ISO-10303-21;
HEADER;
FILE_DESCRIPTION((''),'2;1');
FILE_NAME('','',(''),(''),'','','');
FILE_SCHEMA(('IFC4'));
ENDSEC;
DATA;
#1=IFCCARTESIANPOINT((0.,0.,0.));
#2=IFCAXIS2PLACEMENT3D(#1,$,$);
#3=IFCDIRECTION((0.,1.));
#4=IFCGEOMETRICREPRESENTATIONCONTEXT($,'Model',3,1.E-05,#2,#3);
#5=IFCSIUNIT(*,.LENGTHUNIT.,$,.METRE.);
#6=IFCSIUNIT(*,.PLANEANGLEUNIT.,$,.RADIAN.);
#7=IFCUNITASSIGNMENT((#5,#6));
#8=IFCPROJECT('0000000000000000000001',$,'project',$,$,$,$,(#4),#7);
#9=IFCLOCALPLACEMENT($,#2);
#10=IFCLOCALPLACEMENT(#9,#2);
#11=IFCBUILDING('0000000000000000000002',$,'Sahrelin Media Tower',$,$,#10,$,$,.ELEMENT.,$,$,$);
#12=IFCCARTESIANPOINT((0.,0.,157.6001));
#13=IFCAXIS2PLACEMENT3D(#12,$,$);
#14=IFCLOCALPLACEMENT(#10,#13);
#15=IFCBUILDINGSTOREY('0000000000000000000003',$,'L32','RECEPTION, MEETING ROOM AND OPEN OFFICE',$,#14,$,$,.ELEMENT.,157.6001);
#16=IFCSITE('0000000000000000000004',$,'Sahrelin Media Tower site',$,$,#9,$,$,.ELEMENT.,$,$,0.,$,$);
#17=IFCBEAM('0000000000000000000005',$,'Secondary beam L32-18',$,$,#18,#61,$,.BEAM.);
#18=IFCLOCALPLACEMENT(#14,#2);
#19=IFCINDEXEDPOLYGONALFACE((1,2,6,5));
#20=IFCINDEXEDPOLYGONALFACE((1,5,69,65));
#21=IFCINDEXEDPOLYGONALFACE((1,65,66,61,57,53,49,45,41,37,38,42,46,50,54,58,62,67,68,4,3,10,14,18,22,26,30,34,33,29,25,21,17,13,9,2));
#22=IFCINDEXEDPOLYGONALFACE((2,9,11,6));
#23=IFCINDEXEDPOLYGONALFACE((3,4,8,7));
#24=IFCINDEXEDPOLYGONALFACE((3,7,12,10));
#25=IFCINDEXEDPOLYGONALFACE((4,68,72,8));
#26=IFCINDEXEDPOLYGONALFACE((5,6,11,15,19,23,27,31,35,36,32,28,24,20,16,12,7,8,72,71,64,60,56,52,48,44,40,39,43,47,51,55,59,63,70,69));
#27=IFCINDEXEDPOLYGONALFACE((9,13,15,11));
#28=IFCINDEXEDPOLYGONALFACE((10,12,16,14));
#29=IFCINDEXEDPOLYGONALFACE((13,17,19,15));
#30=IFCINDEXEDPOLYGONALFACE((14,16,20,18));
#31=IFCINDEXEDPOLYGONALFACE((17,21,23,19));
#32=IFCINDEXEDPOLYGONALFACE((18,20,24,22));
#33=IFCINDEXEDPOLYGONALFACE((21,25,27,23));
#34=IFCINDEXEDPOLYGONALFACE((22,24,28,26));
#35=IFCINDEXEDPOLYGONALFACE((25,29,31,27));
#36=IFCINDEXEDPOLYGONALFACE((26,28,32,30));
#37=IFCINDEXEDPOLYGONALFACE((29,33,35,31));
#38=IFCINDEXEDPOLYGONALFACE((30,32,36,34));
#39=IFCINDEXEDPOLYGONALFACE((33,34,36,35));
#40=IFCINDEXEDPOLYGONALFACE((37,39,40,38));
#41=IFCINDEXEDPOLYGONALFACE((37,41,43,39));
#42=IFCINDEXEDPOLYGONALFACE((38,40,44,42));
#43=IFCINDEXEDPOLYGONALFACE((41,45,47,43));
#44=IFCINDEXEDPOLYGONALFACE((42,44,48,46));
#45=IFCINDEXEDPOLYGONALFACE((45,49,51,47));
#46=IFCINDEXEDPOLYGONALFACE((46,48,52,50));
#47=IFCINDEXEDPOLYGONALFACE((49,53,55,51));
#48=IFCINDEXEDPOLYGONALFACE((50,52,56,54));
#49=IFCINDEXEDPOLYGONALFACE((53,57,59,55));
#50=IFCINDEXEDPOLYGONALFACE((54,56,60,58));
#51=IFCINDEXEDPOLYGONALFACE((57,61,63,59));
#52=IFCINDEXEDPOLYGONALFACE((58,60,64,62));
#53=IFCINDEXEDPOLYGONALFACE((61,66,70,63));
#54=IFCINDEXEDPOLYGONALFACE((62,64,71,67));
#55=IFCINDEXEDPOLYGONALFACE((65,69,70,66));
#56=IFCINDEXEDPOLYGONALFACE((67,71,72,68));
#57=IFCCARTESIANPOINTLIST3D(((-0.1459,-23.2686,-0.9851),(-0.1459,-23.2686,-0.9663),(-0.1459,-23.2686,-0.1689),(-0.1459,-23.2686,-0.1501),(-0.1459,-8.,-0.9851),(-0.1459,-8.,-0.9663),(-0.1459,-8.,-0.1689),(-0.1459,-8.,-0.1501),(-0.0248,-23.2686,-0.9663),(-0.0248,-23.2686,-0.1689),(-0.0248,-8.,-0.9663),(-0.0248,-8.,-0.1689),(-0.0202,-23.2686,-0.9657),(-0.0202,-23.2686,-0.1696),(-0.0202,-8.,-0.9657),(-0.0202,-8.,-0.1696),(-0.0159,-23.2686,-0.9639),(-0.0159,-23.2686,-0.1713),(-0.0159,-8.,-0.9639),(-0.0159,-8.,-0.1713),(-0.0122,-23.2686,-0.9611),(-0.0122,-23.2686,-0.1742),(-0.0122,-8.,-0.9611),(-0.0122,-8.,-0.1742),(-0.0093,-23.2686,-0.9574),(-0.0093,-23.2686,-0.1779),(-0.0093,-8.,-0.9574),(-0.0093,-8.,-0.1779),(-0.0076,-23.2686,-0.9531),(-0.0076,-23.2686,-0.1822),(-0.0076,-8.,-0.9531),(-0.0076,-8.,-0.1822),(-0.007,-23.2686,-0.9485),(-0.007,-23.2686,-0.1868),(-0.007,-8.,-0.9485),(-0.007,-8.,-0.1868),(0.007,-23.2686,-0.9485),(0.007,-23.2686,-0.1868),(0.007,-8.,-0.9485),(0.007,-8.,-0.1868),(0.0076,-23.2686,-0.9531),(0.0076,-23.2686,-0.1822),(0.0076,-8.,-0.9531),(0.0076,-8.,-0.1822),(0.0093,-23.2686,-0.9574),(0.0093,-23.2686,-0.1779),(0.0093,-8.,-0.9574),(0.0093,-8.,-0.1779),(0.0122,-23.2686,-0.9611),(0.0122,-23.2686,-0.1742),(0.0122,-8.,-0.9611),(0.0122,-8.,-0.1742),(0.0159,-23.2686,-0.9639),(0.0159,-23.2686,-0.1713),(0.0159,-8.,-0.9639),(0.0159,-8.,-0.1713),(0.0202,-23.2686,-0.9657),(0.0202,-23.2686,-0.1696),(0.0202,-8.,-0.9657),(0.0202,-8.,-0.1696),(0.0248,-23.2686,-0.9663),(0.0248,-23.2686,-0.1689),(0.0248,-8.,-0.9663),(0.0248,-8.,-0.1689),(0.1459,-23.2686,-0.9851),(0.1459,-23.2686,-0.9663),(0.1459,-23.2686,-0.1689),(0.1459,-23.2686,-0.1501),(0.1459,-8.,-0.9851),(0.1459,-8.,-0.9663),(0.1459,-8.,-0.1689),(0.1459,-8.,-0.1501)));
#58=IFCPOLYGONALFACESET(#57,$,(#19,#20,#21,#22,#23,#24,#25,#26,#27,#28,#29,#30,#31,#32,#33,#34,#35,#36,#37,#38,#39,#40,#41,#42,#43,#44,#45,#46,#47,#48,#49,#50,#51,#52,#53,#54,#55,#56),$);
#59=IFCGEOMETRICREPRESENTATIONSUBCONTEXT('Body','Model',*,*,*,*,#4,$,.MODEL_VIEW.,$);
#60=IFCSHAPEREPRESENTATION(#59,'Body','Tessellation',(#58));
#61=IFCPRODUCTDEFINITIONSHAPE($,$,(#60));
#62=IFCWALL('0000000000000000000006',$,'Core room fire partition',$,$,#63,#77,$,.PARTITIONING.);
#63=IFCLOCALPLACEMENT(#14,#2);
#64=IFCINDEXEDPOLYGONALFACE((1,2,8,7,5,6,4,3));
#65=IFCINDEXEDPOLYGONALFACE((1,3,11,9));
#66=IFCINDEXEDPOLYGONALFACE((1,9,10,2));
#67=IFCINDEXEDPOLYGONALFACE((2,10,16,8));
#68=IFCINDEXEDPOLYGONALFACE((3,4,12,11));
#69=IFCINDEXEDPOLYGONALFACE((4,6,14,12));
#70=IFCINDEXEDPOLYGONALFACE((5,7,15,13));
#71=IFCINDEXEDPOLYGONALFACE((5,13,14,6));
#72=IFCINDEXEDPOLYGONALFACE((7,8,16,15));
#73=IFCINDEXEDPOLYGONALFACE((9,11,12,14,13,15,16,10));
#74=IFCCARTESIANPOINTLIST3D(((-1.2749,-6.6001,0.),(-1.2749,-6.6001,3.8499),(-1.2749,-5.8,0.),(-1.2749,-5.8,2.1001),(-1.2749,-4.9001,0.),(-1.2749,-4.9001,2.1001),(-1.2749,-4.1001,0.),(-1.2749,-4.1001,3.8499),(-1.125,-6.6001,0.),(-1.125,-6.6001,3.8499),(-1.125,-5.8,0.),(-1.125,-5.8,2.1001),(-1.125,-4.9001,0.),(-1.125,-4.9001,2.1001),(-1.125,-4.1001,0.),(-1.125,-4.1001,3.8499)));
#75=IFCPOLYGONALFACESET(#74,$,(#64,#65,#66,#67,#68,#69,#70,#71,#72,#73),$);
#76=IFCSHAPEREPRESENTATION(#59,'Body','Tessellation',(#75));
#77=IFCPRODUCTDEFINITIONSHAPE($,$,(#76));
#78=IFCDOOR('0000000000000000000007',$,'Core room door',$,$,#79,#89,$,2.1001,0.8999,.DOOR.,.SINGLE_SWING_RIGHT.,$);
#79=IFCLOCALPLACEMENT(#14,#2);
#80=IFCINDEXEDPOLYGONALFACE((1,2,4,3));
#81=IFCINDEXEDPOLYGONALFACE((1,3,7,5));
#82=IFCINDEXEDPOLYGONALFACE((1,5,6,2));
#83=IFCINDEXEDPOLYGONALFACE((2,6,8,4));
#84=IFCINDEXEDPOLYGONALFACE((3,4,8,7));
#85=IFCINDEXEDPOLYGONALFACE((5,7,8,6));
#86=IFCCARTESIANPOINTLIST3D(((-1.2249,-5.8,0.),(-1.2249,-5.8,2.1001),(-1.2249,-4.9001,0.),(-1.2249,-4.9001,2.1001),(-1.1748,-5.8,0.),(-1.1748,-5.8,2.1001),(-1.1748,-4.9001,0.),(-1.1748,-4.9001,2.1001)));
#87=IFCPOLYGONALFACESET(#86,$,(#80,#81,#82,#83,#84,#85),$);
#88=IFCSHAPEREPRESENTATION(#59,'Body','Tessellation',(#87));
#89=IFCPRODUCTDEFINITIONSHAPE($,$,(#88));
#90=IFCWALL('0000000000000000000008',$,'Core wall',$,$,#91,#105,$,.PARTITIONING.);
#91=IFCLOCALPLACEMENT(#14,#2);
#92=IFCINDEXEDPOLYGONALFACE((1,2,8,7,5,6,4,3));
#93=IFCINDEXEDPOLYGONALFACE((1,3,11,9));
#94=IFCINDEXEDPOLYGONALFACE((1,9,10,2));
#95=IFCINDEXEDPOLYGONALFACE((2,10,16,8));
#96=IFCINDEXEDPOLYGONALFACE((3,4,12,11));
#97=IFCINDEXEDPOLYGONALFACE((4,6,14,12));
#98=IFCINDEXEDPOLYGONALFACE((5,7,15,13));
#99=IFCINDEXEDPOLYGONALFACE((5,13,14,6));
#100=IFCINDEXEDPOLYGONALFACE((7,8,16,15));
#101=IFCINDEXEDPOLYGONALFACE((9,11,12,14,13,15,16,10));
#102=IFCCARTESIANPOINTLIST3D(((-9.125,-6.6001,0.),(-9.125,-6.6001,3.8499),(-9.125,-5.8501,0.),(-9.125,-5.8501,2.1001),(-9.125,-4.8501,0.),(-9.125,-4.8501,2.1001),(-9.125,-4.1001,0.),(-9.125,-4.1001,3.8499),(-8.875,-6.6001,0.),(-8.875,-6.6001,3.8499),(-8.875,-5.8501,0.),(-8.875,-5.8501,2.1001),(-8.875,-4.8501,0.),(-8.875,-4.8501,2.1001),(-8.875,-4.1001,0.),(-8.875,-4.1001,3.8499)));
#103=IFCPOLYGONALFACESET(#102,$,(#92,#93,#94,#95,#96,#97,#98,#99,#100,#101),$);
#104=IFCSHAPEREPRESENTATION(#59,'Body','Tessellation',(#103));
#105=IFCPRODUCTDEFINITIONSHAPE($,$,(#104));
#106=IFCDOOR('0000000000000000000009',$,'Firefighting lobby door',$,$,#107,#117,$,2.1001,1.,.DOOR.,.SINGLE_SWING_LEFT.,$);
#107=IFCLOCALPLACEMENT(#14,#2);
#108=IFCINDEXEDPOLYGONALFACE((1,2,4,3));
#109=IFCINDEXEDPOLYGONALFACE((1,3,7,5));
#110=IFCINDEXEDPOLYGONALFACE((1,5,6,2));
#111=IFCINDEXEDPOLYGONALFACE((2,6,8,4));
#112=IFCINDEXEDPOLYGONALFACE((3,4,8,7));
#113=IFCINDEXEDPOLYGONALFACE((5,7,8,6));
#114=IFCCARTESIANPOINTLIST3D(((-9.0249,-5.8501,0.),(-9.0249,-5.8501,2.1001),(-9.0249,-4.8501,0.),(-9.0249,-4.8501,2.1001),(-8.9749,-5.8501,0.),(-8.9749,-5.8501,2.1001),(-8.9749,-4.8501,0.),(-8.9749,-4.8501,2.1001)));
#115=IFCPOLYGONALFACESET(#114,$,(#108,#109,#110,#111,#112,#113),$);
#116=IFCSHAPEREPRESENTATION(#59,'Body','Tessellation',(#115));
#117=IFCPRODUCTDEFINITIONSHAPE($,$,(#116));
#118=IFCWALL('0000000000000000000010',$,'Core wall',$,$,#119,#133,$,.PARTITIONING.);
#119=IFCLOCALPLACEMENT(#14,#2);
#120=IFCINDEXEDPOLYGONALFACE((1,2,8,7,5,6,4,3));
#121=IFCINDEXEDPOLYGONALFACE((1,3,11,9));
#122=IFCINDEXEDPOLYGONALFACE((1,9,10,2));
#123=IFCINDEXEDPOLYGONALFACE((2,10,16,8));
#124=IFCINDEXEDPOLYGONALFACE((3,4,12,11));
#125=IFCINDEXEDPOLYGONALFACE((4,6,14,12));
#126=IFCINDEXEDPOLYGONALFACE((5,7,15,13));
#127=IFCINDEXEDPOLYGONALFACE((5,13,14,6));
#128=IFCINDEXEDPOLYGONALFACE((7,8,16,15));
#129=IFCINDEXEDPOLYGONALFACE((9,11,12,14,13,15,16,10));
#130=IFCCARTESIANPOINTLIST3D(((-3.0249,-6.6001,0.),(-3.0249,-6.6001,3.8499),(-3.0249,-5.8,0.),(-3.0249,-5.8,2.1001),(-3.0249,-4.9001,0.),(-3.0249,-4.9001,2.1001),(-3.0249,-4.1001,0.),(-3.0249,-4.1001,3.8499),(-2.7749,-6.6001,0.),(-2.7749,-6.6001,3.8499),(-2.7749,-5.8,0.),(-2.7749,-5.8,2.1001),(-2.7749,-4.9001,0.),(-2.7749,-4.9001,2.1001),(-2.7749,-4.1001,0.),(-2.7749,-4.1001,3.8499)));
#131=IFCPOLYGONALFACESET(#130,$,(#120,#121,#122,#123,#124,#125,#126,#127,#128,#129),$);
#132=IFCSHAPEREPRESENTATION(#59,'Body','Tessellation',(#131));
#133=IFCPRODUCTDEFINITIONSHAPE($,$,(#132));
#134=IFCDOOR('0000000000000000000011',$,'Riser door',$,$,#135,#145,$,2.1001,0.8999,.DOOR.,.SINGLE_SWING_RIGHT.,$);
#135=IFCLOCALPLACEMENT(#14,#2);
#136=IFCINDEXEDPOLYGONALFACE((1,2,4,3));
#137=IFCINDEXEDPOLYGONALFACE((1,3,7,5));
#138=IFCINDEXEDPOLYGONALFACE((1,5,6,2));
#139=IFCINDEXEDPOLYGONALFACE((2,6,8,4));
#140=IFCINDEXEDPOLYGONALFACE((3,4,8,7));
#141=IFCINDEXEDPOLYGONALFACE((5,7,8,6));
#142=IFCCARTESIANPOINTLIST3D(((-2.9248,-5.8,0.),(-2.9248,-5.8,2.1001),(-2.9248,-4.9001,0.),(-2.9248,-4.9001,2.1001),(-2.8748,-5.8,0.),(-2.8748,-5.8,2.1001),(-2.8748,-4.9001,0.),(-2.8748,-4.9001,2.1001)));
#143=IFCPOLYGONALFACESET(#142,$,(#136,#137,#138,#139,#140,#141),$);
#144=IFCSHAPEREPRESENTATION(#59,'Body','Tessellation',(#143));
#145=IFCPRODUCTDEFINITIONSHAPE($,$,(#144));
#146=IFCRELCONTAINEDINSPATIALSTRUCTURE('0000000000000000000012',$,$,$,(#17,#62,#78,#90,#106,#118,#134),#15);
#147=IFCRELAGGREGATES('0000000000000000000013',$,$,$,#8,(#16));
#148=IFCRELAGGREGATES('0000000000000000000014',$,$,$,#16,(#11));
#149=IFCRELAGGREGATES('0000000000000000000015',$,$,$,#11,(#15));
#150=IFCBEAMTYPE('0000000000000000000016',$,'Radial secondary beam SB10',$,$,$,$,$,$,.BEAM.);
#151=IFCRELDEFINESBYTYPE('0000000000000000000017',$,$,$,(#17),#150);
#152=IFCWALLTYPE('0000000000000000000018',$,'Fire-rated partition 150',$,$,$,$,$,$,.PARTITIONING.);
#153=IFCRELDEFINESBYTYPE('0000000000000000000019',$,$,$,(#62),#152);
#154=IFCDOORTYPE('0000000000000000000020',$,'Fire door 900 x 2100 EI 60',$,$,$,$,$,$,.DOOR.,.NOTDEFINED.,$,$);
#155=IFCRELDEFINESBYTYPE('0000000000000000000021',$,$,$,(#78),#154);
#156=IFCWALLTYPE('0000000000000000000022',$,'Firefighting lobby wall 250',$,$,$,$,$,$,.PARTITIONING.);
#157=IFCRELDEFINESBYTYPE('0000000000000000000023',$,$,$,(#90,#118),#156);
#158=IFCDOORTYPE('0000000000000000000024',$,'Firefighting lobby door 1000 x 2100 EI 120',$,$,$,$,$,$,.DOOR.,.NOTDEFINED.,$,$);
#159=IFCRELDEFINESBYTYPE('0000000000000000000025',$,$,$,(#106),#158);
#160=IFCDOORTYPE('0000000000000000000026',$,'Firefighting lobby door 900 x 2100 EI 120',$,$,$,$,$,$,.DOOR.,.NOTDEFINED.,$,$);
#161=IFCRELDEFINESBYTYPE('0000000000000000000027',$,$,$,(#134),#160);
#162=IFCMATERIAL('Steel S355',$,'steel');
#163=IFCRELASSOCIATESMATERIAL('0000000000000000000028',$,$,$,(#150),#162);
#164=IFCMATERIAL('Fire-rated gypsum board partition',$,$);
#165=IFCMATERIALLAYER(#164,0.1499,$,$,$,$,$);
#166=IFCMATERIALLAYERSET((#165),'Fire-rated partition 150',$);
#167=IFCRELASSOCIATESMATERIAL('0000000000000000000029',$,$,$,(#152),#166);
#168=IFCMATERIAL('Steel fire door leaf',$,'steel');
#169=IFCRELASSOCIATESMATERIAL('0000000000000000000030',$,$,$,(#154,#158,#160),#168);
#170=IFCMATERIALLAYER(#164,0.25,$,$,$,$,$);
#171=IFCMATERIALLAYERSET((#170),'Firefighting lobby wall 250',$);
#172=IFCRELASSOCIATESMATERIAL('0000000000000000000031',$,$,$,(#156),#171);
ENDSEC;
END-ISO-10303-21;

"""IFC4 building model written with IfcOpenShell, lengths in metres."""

from ifc_helpers import new_model, si_unit, direction, frame, frame_2d, origin, origin_2d, place, context, subcontext, project, spatial, rectangle, i_section, extrude, material, layer, layer_set, material_profile, profile_set, type_object, element, fill, save


model = new_model("IFC4")

# Units and contexts
model_context = context("Model", 3, precision=1e-05, world=origin(), true_north=direction((0.0, 1.0)))
body_context = subcontext(model_context, "Body", "Model", "MODEL_VIEW")
ifc_project = project(units=[si_unit("LENGTHUNIT", "METRE"), si_unit("PLANEANGLEUNIT", "RADIAN")], contexts=[model_context])

# Site, building, storey
site_placement = place(None, origin())
site = spatial("IfcSite", under=ifc_project, at=site_placement, Name="Sahrelin Media Tower site", CompositionType="ELEMENT", RefElevation=0.0)
building_placement = place(site_placement, origin())
building = spatial("IfcBuilding", under=site, at=building_placement, Name="Sahrelin Media Tower", CompositionType="ELEMENT")
storey_placement = place(building_placement, frame((0.0, 0.0, 157.6001)))
storey = spatial("IfcBuildingStorey", under=building, at=storey_placement, Name="L32", Description="RECEPTION, MEETING ROOM AND OPEN OFFICE", CompositionType="ELEMENT", Elevation=157.6001)

# Beam
ifc_material_1 = material(Name="Steel S355", Category="steel")
ifc_material_profile_1 = material_profile(ifc_material_1, i_section(OverallWidth=0.2917, OverallDepth=0.835, WebThickness=0.0139, FlangeThickness=0.0188, FilletRadius=0.0178, at=origin_2d()), Name="UB 838x292x176")
ifc_profile_set_1 = profile_set([ifc_material_profile_1], Name="Steel S355")
beam_type_1 = type_object("IfcBeamType", Name="Radial secondary beam SB10", PredefinedType="BEAM", material=ifc_profile_set_1)
beam_1_placement = place(storey_placement, frame((0.0, -8.0, -0.5676), z_axis=(0.0, -1.0, 0.0), x_axis=(1.0, 0.0, 0.0)))
element("IfcBeam", 1, at=beam_1_placement, inside=storey, type_object=beam_type_1, Name="Secondary beam L32-18", PredefinedType="BEAM", context=body_context, shape_type="SweptSolid", body=[
    extrude(i_section(OverallWidth=0.2917, OverallDepth=0.835, WebThickness=0.0139, FlangeThickness=0.0188, FilletRadius=0.0178, at=origin_2d()), origin(), (0.0, 0.0, 1.0), 15.2686),
])

# Walls, openings, doors
ifc_material_2 = material(Name="Fire-rated gypsum board partition")
ifc_layer_1 = layer(ifc_material_2, 0.1499)
ifc_layer_set_1 = layer_set([ifc_layer_1], Name="Fire-rated partition 150")
wall_type_1 = type_object("IfcWallType", Name="Fire-rated partition 150", PredefinedType="PARTITIONING", material=ifc_layer_set_1)
wall_1_placement = place(storey_placement, frame((-1.2, -6.6001, 0.0), z_axis=(0.0, 0.0, 1.0), x_axis=(0.0, 1.0, 0.0)))
wall_1 = element("IfcWall", 2, at=wall_1_placement, inside=storey, type_object=wall_type_1, Name="Core room fire partition", PredefinedType="PARTITIONING", context=body_context, shape_type="SweptSolid", body=[
    extrude(rectangle(XDim=2.5, YDim=0.1499, at=frame_2d((1.25, 0.0))), origin(), (0.0, 0.0, 1.0), 3.8499),
])
opening_1_placement = place(wall_1_placement, frame((0.8, 0.0, 0.0)))
opening_1 = element("IfcOpeningElement", 3, at=opening_1_placement, cuts=wall_1, PredefinedType="OPENING", context=body_context, shape_type="SweptSolid", body=[
    extrude(rectangle(XDim=0.8999, YDim=2.1001, at=frame_2d((0.45, 1.05))), frame((0.0, 0.075, 0.0), z_axis=(0.0, -1.0, 0.0), x_axis=(1.0, 0.0, 0.0)), (0.0, 0.0, 1.0), 0.1499),
])
ifc_material_3 = material(Name="Steel fire door leaf", Category="steel")
door_type_1 = type_object("IfcDoorType", Name="Fire door 900 x 2100 EI 60", OperationType="NOTDEFINED", PredefinedType="DOOR", material=ifc_material_3)
door_1_placement = place(opening_1_placement, origin())
door_1 = element("IfcDoor", 4, at=door_1_placement, inside=storey, type_object=door_type_1, Name="Core room door", OperationType="SINGLE_SWING_RIGHT", OverallHeight=2.1001, OverallWidth=0.8999, PredefinedType="DOOR", context=body_context, shape_type="SweptSolid", body=[
    extrude(rectangle(XDim=0.8999, YDim=2.1001, at=frame_2d((0.45, 1.05))), frame((0.0, 0.0249, 0.0), z_axis=(0.0, -1.0, 0.0), x_axis=(1.0, 0.0, 0.0)), (0.0, 0.0, 1.0), 0.05),
])
fill(opening_1, door_1)
ifc_layer_2 = layer(ifc_material_2, 0.25)
ifc_layer_set_2 = layer_set([ifc_layer_2], Name="Firefighting lobby wall 250")
wall_type_2 = type_object("IfcWallType", Name="Firefighting lobby wall 250", PredefinedType="PARTITIONING", material=ifc_layer_set_2)
wall_2_placement = place(storey_placement, frame((-9.0, -6.6001, 0.0), z_axis=(0.0, 0.0, 1.0), x_axis=(0.0, 1.0, 0.0)))
wall_2 = element("IfcWall", 5, at=wall_2_placement, inside=storey, type_object=wall_type_2, Name="Core wall", PredefinedType="PARTITIONING", context=body_context, shape_type="SweptSolid", body=[
    extrude(rectangle(XDim=2.5, YDim=0.25, at=frame_2d((1.25, 0.0))), origin(), (0.0, 0.0, 1.0), 3.8499),
])
opening_2_placement = place(wall_2_placement, frame((0.75, 0.0, 0.0)))
opening_2 = element("IfcOpeningElement", 6, at=opening_2_placement, cuts=wall_2, PredefinedType="OPENING", context=body_context, shape_type="SweptSolid", body=[
    extrude(rectangle(XDim=1.0, YDim=2.1001, at=frame_2d((0.5, 1.05))), frame((0.0, 0.125, 0.0), z_axis=(0.0, -1.0, 0.0), x_axis=(1.0, 0.0, 0.0)), (0.0, 0.0, 1.0), 0.25),
])
door_type_2 = type_object("IfcDoorType", Name="Firefighting lobby door 1000 x 2100 EI 120", OperationType="NOTDEFINED", PredefinedType="DOOR", material=ifc_material_3)
door_2_placement = place(opening_2_placement, origin())
door_2 = element("IfcDoor", 7, at=door_2_placement, inside=storey, type_object=door_type_2, Name="Firefighting lobby door", OperationType="SINGLE_SWING_LEFT", OverallHeight=2.1001, OverallWidth=1.0, PredefinedType="DOOR", context=body_context, shape_type="SweptSolid", body=[
    extrude(rectangle(XDim=1.0, YDim=2.1001, at=frame_2d((0.5, 1.05))), frame((0.0, 0.0249, 0.0), z_axis=(0.0, -1.0, 0.0), x_axis=(1.0, 0.0, 0.0)), (0.0, 0.0, 1.0), 0.05),
])
fill(opening_2, door_2)
wall_3_placement = place(storey_placement, frame((-2.8999, -6.6001, 0.0), z_axis=(0.0, 0.0, 1.0), x_axis=(0.0, 1.0, 0.0)))
wall_3 = element("IfcWall", 8, at=wall_3_placement, inside=storey, type_object=wall_type_2, Name="Core wall", PredefinedType="PARTITIONING", context=body_context, shape_type="SweptSolid", body=[
    extrude(rectangle(XDim=2.5, YDim=0.25, at=frame_2d((1.25, 0.0))), origin(), (0.0, 0.0, 1.0), 3.8499),
])
opening_3_placement = place(wall_3_placement, frame((0.8, 0.0, 0.0)))
opening_3 = element("IfcOpeningElement", 9, at=opening_3_placement, cuts=wall_3, PredefinedType="OPENING", context=body_context, shape_type="SweptSolid", body=[
    extrude(rectangle(XDim=0.8999, YDim=2.1001, at=frame_2d((0.45, 1.05))), frame((0.0, 0.125, 0.0), z_axis=(0.0, -1.0, 0.0), x_axis=(1.0, 0.0, 0.0)), (0.0, 0.0, 1.0), 0.25),
])
door_type_3 = type_object("IfcDoorType", Name="Firefighting lobby door 900 x 2100 EI 120", OperationType="NOTDEFINED", PredefinedType="DOOR", material=ifc_material_3)
door_3_placement = place(opening_3_placement, origin())
door_3 = element("IfcDoor", 10, at=door_3_placement, inside=storey, type_object=door_type_3, Name="Riser door", OperationType="SINGLE_SWING_RIGHT", OverallHeight=2.1001, OverallWidth=0.8999, PredefinedType="DOOR", context=body_context, shape_type="SweptSolid", body=[
    extrude(rectangle(XDim=0.8999, YDim=2.1001, at=frame_2d((0.45, 1.05))), frame((0.0, 0.0249, 0.0), z_axis=(0.0, -1.0, 0.0), x_axis=(1.0, 0.0, 0.0)), (0.0, 0.0, 1.0), 0.05),
])
fill(opening_3, door_3)

save(model, "model.ifc")
